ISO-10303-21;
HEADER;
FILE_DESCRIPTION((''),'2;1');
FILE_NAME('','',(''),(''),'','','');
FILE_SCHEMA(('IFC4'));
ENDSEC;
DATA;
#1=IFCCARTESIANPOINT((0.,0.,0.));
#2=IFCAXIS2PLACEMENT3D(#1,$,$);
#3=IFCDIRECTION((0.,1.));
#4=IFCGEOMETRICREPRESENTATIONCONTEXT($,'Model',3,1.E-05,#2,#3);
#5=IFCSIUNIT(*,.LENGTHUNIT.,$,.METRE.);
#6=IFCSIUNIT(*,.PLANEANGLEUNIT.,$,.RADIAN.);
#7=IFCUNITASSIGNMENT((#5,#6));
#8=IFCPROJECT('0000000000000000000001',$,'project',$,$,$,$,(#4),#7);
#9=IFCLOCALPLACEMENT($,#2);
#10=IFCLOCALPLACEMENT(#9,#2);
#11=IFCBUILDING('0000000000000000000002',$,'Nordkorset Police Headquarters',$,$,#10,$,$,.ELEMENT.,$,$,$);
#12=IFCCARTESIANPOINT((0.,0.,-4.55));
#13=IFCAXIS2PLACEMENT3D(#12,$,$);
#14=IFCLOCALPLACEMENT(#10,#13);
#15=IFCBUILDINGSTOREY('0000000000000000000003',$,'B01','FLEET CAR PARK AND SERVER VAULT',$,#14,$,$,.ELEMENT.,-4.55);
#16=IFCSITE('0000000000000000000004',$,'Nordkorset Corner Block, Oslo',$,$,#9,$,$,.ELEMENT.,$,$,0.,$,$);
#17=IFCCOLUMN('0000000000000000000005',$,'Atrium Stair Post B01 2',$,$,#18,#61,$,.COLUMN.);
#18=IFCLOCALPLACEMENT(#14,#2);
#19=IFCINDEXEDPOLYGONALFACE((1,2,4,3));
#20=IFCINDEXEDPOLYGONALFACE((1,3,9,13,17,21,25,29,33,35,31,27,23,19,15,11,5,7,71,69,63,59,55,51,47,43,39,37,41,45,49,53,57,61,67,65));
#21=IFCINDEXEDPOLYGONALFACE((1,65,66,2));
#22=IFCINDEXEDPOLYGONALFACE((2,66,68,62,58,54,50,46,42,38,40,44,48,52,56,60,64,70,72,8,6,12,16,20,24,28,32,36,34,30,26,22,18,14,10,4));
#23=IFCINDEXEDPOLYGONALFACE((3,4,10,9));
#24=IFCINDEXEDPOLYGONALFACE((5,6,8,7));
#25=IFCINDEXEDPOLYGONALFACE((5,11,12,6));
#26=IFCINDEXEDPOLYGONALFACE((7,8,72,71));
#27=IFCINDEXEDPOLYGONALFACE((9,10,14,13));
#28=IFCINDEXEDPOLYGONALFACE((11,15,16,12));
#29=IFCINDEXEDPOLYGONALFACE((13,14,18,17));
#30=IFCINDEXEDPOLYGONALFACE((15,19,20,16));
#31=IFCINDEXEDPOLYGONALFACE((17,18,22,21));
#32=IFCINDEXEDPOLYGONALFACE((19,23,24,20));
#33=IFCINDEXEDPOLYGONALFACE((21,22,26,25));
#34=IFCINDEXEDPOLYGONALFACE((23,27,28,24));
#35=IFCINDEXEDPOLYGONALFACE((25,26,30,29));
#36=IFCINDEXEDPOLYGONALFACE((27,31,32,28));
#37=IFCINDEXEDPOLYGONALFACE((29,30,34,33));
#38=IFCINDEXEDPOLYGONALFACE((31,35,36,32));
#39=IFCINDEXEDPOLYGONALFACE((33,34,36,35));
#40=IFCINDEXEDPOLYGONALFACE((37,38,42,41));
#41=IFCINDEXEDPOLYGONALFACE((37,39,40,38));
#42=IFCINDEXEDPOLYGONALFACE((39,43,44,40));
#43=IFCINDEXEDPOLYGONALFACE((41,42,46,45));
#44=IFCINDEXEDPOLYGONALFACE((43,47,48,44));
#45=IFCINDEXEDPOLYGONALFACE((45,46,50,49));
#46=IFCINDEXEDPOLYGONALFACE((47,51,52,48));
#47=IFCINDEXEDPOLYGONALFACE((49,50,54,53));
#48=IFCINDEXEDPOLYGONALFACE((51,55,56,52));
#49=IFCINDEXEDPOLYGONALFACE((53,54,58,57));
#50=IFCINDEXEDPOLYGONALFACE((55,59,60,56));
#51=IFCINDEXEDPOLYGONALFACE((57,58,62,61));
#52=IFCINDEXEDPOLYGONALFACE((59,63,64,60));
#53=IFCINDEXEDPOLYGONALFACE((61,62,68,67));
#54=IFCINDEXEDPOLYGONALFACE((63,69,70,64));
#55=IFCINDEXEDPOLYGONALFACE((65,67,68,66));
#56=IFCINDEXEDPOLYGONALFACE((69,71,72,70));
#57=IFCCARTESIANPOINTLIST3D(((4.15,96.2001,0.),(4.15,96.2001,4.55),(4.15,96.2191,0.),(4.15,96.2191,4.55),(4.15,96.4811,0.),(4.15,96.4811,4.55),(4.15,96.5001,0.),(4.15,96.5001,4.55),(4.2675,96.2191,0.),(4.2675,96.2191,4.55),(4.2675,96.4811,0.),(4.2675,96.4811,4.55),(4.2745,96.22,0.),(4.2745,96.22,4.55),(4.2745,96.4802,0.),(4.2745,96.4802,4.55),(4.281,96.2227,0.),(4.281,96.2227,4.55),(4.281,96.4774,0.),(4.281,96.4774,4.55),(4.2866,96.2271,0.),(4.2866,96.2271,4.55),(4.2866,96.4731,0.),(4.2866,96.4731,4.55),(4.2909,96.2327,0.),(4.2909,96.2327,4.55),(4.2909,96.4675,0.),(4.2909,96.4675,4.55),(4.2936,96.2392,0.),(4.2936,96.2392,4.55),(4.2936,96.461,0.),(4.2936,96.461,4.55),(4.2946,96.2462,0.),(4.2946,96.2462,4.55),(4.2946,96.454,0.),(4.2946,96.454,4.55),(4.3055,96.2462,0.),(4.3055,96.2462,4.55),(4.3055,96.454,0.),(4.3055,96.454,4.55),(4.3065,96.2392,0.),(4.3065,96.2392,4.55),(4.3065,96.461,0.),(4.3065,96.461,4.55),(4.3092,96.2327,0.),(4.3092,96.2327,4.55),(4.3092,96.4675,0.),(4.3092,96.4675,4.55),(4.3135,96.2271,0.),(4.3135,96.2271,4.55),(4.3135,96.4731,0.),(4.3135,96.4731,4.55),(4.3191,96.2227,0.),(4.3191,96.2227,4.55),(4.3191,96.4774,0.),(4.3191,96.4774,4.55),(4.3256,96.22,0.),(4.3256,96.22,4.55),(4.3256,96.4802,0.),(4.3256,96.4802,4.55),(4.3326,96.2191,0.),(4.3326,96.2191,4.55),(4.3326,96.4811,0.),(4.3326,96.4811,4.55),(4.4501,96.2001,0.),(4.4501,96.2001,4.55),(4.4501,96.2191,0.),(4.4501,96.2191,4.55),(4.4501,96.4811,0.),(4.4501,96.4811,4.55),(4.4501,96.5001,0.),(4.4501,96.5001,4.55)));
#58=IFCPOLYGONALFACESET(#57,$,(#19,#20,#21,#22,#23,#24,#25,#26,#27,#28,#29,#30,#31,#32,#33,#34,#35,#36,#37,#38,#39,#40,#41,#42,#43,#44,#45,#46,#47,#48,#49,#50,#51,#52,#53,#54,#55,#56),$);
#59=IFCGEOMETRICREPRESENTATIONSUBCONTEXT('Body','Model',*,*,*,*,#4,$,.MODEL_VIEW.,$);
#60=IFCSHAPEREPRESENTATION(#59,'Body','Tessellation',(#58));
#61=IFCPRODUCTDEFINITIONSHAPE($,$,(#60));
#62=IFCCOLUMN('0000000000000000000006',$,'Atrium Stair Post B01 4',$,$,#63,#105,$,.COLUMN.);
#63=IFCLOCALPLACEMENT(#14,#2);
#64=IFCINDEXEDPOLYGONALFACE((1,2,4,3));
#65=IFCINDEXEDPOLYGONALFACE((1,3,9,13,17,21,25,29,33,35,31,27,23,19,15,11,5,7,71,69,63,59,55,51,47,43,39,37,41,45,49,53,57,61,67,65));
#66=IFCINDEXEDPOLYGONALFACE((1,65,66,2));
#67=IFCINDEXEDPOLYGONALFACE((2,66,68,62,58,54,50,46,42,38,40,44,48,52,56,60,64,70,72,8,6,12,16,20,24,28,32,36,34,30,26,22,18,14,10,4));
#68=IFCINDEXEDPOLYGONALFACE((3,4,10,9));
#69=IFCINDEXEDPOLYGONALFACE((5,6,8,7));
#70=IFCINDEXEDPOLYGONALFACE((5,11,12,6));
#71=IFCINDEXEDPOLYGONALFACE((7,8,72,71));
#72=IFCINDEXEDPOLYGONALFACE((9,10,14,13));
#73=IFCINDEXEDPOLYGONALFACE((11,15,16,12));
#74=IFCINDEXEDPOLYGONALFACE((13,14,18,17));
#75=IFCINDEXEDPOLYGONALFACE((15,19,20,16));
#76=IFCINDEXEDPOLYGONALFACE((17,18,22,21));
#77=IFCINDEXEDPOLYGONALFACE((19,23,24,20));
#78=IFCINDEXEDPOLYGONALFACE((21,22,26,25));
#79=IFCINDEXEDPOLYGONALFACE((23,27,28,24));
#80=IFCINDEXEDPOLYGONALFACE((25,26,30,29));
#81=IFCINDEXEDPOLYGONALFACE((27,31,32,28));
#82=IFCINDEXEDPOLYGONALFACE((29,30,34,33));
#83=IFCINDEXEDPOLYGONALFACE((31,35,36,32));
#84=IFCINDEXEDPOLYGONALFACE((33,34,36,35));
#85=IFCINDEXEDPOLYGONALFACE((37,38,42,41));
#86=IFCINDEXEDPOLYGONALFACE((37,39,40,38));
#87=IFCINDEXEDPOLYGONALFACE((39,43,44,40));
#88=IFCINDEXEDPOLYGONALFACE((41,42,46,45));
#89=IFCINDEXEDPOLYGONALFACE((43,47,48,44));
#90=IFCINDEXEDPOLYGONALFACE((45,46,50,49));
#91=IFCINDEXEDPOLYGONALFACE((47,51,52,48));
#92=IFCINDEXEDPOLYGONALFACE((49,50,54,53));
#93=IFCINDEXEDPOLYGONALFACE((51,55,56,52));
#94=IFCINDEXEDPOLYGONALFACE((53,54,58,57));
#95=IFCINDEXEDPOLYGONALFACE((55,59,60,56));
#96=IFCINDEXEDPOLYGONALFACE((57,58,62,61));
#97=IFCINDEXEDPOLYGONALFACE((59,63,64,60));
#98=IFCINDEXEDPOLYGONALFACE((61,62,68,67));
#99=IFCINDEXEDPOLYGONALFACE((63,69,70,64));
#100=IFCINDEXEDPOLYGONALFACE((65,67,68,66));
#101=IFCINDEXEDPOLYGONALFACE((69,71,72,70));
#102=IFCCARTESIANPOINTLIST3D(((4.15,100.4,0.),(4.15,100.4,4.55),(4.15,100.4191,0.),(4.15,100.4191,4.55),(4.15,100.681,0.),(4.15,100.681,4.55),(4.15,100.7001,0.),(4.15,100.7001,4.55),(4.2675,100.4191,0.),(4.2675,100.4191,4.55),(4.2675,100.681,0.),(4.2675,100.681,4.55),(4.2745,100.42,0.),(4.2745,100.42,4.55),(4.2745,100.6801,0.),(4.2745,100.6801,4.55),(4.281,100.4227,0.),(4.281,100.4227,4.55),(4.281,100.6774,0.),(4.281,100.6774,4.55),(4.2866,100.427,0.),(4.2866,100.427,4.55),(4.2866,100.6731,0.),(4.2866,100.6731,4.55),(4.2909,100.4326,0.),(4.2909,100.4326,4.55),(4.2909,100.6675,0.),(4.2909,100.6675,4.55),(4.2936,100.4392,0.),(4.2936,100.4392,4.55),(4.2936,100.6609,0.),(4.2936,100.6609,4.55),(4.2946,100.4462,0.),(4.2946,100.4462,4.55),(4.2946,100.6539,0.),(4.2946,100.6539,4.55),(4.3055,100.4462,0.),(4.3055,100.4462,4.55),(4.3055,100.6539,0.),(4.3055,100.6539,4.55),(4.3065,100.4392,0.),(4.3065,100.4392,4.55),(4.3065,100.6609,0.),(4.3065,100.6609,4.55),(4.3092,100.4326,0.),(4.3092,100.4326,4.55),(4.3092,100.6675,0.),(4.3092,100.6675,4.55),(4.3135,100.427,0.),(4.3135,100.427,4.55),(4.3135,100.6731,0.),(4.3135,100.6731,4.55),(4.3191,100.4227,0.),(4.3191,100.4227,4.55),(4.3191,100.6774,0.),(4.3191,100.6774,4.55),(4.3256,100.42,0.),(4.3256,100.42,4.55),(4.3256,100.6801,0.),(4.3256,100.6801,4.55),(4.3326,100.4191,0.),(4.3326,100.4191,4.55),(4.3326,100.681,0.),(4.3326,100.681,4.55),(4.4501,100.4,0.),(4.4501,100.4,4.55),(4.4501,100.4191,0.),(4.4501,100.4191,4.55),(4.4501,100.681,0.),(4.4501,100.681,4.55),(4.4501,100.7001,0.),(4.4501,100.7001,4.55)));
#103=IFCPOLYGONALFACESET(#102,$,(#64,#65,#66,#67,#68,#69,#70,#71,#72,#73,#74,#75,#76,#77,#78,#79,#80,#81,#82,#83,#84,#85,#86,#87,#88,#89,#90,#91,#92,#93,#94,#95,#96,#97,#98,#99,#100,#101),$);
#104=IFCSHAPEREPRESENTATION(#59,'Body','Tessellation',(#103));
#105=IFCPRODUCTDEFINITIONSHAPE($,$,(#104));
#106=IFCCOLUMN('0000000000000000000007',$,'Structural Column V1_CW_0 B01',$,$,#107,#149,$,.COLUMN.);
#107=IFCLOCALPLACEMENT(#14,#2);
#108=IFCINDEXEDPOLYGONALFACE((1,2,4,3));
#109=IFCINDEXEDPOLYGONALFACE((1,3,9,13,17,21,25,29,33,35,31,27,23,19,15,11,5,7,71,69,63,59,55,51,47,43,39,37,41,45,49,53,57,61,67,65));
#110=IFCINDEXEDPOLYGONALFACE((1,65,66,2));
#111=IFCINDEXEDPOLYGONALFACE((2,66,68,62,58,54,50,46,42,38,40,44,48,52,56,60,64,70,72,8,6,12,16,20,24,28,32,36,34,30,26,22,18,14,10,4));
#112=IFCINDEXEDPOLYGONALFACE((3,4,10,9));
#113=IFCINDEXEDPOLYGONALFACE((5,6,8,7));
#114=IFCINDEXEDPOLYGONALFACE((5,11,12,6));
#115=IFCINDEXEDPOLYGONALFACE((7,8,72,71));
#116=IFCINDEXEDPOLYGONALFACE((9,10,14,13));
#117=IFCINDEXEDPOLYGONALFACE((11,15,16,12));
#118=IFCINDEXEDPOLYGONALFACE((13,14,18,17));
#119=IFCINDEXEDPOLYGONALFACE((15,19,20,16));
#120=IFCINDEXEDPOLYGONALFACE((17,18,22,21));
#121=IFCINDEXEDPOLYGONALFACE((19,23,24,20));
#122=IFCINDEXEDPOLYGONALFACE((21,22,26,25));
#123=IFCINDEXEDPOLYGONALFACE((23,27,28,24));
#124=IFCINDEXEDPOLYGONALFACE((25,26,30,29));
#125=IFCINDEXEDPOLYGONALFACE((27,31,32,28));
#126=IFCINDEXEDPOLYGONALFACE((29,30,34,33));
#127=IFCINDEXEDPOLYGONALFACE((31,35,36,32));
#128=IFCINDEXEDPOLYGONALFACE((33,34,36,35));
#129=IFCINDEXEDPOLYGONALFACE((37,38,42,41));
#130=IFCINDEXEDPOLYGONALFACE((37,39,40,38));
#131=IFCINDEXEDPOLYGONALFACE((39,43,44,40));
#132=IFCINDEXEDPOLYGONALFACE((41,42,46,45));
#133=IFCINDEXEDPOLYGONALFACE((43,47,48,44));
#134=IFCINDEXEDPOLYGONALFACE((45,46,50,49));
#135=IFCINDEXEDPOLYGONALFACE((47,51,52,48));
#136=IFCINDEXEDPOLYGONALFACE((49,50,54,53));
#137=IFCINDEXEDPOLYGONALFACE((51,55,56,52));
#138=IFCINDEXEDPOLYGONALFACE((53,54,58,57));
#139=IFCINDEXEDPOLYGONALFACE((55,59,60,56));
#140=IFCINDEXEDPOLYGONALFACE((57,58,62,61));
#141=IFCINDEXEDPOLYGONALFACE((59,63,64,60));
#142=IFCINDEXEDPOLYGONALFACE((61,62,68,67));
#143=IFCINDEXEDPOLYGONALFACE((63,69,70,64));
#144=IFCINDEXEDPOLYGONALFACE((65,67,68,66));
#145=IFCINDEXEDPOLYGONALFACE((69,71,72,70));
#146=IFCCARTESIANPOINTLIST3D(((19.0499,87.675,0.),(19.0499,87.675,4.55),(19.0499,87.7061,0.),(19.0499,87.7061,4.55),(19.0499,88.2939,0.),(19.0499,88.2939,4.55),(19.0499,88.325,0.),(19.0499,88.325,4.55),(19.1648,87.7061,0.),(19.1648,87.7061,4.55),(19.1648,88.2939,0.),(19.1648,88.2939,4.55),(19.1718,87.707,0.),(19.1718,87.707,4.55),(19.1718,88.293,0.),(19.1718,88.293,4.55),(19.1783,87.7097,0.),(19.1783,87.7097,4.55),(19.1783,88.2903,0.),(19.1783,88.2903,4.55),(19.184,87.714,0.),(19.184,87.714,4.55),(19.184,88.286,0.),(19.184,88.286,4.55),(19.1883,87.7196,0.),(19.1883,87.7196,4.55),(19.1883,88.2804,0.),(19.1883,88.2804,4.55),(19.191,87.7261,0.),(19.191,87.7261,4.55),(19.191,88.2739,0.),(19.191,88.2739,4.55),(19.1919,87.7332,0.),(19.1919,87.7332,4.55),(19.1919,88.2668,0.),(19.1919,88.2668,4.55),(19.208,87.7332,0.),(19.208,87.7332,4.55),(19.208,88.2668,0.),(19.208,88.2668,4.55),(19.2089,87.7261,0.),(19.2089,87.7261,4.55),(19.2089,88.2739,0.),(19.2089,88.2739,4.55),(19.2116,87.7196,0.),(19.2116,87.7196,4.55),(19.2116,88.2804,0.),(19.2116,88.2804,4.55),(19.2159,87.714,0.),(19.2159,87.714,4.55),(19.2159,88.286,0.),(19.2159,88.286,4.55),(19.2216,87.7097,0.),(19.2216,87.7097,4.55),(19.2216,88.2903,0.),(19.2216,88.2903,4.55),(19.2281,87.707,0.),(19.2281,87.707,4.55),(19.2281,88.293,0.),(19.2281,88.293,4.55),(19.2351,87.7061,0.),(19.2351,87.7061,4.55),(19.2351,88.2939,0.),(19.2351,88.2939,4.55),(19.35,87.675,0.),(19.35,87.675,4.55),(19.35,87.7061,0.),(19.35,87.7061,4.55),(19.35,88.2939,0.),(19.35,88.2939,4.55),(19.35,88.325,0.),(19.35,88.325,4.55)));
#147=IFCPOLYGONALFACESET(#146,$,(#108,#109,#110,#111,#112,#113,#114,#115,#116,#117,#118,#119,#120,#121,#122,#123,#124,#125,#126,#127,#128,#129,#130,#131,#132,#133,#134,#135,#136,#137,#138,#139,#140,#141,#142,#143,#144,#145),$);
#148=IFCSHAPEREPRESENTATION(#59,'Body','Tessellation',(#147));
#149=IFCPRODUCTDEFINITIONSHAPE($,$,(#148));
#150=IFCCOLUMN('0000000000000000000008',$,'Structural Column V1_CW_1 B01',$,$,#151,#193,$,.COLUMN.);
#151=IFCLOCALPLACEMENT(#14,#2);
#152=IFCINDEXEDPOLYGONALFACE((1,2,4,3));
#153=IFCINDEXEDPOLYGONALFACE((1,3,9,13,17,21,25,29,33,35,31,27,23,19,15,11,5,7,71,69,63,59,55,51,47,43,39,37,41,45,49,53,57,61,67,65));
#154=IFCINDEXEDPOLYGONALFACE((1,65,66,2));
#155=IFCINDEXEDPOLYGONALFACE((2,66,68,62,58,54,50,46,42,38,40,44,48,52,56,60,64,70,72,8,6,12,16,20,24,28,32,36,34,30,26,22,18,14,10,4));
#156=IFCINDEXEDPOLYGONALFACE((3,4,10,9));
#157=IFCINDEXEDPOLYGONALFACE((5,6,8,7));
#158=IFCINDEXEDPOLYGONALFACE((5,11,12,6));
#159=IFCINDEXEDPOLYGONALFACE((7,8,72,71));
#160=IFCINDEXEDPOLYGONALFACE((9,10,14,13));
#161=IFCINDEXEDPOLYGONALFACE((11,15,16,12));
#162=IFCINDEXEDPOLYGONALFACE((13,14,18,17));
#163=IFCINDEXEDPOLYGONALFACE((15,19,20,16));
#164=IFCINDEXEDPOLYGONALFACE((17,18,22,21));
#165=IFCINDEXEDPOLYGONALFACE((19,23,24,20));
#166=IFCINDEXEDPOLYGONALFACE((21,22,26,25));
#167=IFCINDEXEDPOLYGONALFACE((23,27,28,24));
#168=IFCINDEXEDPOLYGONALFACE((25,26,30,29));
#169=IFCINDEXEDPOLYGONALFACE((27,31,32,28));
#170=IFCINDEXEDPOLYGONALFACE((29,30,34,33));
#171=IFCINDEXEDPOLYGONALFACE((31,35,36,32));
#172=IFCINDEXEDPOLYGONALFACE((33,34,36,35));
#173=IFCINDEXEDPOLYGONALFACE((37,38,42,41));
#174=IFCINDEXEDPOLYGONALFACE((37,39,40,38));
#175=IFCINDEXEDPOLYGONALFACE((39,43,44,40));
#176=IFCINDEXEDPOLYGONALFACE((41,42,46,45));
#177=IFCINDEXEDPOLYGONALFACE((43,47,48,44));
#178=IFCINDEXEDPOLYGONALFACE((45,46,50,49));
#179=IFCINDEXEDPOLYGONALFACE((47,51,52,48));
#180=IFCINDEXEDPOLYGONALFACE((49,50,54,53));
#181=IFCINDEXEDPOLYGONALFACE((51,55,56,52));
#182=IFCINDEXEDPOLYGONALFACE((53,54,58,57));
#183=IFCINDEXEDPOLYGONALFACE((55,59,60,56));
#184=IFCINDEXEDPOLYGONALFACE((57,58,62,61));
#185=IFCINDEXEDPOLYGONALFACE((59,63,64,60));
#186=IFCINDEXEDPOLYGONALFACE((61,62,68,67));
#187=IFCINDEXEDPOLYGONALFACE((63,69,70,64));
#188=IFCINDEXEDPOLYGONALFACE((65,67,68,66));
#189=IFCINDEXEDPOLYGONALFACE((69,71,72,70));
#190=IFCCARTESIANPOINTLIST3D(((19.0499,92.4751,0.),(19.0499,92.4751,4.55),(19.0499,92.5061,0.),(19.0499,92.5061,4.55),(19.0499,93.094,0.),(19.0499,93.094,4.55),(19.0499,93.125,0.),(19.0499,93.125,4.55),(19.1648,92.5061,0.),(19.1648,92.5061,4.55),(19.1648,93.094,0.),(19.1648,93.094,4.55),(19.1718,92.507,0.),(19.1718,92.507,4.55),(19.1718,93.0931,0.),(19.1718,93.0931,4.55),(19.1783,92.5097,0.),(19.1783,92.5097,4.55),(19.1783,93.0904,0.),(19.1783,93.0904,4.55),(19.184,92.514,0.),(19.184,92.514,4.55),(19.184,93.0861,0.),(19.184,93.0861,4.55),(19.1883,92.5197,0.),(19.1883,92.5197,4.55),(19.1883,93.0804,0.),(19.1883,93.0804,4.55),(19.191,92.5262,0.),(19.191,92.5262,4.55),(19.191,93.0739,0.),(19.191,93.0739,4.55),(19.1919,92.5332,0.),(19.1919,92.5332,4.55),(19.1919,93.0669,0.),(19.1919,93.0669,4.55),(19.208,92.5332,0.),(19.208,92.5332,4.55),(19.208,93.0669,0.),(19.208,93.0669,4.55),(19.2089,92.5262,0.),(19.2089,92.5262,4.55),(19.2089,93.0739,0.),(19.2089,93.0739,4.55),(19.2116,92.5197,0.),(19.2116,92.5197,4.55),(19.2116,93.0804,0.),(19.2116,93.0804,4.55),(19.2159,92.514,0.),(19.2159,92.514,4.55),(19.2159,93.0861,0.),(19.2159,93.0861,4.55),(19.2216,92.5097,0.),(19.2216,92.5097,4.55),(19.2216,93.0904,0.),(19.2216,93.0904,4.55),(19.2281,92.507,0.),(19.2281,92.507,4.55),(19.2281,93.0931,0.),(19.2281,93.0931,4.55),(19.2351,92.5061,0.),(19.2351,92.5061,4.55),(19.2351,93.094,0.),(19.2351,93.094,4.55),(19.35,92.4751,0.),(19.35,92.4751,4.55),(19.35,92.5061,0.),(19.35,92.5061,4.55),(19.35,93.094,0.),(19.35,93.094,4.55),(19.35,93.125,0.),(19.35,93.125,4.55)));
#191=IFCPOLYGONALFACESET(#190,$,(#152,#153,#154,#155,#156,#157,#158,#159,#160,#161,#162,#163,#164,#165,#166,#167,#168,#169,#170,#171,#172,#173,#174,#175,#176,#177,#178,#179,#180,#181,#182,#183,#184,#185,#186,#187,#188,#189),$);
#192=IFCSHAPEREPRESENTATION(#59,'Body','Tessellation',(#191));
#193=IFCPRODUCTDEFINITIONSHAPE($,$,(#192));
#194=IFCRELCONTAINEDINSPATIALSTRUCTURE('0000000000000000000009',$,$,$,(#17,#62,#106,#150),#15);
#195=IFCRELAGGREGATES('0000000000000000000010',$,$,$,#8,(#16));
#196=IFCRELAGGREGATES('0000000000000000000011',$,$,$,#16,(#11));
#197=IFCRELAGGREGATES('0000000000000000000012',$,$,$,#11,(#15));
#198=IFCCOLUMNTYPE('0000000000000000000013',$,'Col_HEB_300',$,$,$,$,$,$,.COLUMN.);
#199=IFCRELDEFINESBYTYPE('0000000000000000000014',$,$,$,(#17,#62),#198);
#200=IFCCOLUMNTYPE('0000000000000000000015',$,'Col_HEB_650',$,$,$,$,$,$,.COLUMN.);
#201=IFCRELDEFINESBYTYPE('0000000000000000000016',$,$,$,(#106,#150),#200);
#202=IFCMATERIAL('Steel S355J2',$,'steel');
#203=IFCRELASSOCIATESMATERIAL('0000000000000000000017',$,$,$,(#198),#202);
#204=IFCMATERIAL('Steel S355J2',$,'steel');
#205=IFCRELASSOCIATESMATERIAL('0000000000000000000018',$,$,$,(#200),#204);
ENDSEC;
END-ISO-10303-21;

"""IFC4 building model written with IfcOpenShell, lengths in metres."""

from ifc_helpers import new_model, si_unit, direction, frame, origin, origin_2d, place, context, subcontext, project, spatial, i_section, extrude, material, material_profile, profile_set, type_object, element, save


model = new_model("IFC4")

# Units and contexts
model_context = context("Model", 3, precision=1e-05, world=origin(), true_north=direction((0.0, 1.0)))
body_context = subcontext(model_context, "Body", "Model", "MODEL_VIEW")
ifc_project = project(units=[si_unit("LENGTHUNIT", "METRE"), si_unit("PLANEANGLEUNIT", "RADIAN")], contexts=[model_context])

# Site, building, storey
site_placement = place(None, origin())
site = spatial("IfcSite", under=ifc_project, at=site_placement, Name="Nordkorset Corner Block, Oslo", CompositionType="ELEMENT", RefElevation=0.0)
building_placement = place(site_placement, origin())
building = spatial("IfcBuilding", under=site, at=building_placement, Name="Nordkorset Police Headquarters", CompositionType="ELEMENT")
storey_placement = place(building_placement, frame((0.0, 0.0, -4.55)))
storey = spatial("IfcBuildingStorey", under=building, at=storey_placement, Name="B01", Description="FLEET CAR PARK AND SERVER VAULT", CompositionType="ELEMENT", Elevation=-4.55)

# Columns
ifc_material_1 = material(Name="Steel S355J2", Category="steel")
ifc_material_profile_1 = material_profile(ifc_material_1, i_section(OverallWidth=0.3, OverallDepth=0.3, WebThickness=0.011, FlangeThickness=0.019, FilletRadius=0.0271, at=origin_2d()), Name="HEB 300")
ifc_profile_set_1 = profile_set([ifc_material_profile_1], Name="Steel S355J2")
column_type_1 = type_object("IfcColumnType", Name="Col_HEB_300", PredefinedType="COLUMN", material=ifc_profile_set_1)
for number, where, z_axis, x_axis, name in (
    (1, (4.3, 96.3501, 0.0), (0.0, 0.0, 1.0), (1.0, 0.0, 0.0), "Atrium Stair Post B01 2"),
    (2, (4.3, 100.55, 0.0), (0.0, 0.0, 1.0), (1.0, 0.0, 0.0), "Atrium Stair Post B01 4"),
):
    element("IfcColumn", number, at=place(storey_placement, frame(where, z_axis=z_axis, x_axis=x_axis)), inside=storey, type_object=column_type_1, Name=name, PredefinedType="COLUMN", context=body_context, shape_type="SweptSolid", body=[
        extrude(i_section(OverallWidth=0.3, OverallDepth=0.3, WebThickness=0.011, FlangeThickness=0.019, FilletRadius=0.0271, at=origin_2d()), origin(), (0.0, 0.0, 1.0), 4.55),
    ])
ifc_material_2 = material(Name="Steel S355J2", Category="steel")
ifc_material_profile_2 = material_profile(ifc_material_2, i_section(OverallWidth=0.3, OverallDepth=0.6499, WebThickness=0.0161, FlangeThickness=0.031, FilletRadius=0.0271, at=origin_2d()), Name="HEB 650")
ifc_profile_set_2 = profile_set([ifc_material_profile_2], Name="Steel S355J2")
column_type_2 = type_object("IfcColumnType", Name="Col_HEB_650", PredefinedType="COLUMN", material=ifc_profile_set_2)
for number, where, z_axis, x_axis, name in (
    (3, (19.2, 88.0, 0.0), (0.0, 0.0, 1.0), (1.0, 0.0, 0.0), "Structural Column V1_CW_0 B01"),
    (4, (19.2, 92.8, 0.0), (0.0, 0.0, 1.0), (1.0, 0.0, 0.0), "Structural Column V1_CW_1 B01"),
):
    element("IfcColumn", number, at=place(storey_placement, frame(where, z_axis=z_axis, x_axis=x_axis)), inside=storey, type_object=column_type_2, Name=name, PredefinedType="COLUMN", context=body_context, shape_type="SweptSolid", body=[
        extrude(i_section(OverallWidth=0.3, OverallDepth=0.6499, WebThickness=0.0161, FlangeThickness=0.031, FilletRadius=0.0271, at=origin_2d()), origin(), (0.0, 0.0, 1.0), 4.55),
    ])

save(model, "model.ifc")
